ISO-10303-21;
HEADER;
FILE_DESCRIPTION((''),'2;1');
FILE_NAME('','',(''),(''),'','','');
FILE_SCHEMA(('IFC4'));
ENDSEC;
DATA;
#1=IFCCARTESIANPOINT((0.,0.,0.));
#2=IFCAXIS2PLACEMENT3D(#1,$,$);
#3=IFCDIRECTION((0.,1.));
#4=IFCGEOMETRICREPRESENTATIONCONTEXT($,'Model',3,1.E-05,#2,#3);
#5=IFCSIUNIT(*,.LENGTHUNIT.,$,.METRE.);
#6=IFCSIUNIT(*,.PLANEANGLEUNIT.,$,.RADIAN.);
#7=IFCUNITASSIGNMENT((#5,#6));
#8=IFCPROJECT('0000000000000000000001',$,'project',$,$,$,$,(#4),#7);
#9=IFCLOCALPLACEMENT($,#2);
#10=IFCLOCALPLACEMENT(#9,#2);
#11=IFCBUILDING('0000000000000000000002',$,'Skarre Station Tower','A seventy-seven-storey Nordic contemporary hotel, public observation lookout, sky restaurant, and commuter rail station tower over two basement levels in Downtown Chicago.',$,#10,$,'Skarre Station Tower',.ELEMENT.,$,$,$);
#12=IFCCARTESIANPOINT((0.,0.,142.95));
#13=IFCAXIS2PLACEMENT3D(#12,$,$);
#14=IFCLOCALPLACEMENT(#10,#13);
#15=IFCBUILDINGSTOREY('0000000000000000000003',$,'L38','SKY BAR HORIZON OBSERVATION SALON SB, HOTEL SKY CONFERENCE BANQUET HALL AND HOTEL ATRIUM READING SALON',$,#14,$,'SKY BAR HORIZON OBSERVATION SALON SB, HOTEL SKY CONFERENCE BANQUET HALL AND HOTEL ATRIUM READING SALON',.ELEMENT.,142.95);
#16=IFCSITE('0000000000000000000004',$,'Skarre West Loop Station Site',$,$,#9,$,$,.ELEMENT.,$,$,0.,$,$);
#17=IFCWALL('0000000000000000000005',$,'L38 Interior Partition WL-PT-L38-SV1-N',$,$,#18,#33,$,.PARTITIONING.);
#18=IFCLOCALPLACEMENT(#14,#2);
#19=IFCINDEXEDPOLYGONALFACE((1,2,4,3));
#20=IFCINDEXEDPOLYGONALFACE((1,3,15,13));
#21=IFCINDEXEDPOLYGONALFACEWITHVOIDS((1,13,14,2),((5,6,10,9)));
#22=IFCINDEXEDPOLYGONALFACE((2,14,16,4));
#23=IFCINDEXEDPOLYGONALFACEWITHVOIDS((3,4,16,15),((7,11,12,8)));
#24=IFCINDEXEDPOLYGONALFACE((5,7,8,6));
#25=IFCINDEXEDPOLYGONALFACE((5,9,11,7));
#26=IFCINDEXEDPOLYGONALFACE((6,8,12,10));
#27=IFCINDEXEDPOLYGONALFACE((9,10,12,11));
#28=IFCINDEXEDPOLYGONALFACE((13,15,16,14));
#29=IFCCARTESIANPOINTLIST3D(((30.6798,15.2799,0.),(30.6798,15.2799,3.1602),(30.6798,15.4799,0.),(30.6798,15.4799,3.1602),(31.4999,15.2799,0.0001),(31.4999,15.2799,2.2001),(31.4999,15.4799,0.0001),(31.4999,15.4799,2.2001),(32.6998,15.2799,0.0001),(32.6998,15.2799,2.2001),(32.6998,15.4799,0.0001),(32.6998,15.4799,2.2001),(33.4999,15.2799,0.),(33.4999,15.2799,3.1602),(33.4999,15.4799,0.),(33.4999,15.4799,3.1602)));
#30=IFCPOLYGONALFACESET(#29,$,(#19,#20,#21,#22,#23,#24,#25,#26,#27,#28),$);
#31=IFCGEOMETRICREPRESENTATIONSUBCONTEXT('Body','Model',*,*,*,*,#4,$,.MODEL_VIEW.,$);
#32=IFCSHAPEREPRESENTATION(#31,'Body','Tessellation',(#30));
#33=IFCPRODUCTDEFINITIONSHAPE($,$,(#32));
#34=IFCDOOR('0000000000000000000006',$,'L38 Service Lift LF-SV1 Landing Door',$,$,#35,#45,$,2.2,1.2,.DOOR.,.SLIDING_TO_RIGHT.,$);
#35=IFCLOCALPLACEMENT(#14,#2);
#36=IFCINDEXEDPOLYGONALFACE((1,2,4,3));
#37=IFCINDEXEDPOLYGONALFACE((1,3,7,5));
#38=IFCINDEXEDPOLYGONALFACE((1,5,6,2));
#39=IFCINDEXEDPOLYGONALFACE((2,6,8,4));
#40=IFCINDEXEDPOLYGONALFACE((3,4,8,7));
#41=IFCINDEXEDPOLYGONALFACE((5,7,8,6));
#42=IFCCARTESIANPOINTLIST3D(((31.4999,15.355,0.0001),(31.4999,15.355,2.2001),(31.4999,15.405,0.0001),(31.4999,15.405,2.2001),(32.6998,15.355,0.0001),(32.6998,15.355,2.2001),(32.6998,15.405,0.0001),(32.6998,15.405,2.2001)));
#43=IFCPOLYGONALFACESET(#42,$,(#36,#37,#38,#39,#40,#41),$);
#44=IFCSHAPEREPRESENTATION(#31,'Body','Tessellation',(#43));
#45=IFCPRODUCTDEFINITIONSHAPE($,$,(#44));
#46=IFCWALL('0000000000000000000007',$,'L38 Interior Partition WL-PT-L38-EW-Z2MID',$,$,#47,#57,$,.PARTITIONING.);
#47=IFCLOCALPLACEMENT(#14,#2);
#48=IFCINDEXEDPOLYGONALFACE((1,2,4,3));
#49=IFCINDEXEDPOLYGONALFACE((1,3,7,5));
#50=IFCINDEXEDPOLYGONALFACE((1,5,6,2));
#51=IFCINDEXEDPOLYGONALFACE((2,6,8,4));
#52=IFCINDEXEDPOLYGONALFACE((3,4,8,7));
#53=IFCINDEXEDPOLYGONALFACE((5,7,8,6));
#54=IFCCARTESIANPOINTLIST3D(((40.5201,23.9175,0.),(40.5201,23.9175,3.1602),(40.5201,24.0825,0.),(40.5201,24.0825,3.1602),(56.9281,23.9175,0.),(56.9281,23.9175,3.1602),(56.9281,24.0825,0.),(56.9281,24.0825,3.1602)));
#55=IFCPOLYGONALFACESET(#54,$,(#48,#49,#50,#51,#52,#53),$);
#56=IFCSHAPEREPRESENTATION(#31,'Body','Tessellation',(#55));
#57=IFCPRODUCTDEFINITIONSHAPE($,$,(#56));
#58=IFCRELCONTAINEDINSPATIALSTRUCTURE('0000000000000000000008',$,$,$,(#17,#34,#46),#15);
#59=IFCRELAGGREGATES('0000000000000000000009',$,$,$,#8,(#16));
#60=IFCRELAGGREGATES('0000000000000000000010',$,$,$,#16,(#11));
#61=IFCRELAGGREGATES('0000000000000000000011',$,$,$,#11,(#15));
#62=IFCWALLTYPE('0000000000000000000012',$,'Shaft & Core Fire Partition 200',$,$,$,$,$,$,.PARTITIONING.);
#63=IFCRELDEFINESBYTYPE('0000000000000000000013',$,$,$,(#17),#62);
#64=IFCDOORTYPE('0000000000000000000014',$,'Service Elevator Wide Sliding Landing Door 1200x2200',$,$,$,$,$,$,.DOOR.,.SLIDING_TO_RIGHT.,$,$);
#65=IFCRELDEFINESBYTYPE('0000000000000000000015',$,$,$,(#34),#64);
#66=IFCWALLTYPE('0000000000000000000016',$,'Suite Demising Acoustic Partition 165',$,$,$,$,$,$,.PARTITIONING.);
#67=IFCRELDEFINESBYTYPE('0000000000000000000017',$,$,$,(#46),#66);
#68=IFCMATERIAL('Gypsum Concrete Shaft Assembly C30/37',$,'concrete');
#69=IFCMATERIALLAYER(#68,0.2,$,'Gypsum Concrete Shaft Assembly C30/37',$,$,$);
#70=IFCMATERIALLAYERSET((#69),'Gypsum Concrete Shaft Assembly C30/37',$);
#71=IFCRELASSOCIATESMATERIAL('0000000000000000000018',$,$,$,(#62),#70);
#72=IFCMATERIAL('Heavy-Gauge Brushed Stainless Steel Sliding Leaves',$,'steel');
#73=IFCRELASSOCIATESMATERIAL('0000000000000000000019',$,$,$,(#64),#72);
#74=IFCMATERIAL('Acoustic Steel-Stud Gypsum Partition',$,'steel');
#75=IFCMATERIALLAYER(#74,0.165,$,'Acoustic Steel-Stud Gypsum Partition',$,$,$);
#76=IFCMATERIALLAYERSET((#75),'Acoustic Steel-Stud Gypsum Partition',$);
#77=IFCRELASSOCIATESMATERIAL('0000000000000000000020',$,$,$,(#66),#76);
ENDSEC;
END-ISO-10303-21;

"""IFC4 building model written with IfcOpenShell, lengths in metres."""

from ifc_helpers import new_model, si_unit, direction, frame, frame_2d, origin, place, context, subcontext, project, spatial, rectangle, extrude, material, layer, layer_set, type_object, element, fill, save


model = new_model("IFC4")

# Units and contexts
model_context = context("Model", 3, precision=1e-05, world=origin(), true_north=direction((0.0, 1.0)))
body_context = subcontext(model_context, "Body", "Model", "MODEL_VIEW")
ifc_project = project(units=[si_unit("LENGTHUNIT", "METRE"), si_unit("PLANEANGLEUNIT", "RADIAN")], contexts=[model_context])

# Site, building, storey
site_placement = place(None, origin())
site = spatial("IfcSite", under=ifc_project, at=site_placement, Name="Skarre West Loop Station Site", CompositionType="ELEMENT", RefElevation=0.0)
building_placement = place(site_placement, origin())
building = spatial("IfcBuilding", under=site, at=building_placement, Name="Skarre Station Tower", Description="A seventy-seven-storey Nordic contemporary hotel, public observation lookout, sky restaurant, and commuter rail station tower over two basement levels in Downtown Chicago.", LongName="Skarre Station Tower", CompositionType="ELEMENT")
storey_placement = place(building_placement, frame((0.0, 0.0, 142.95)))
storey = spatial("IfcBuildingStorey", under=building, at=storey_placement, Name="L38", Description="SKY BAR HORIZON OBSERVATION SALON SB, HOTEL SKY CONFERENCE BANQUET HALL AND HOTEL ATRIUM READING SALON", LongName="SKY BAR HORIZON OBSERVATION SALON SB, HOTEL SKY CONFERENCE BANQUET HALL AND HOTEL ATRIUM READING SALON", CompositionType="ELEMENT", Elevation=142.95)

# Shared definitions
ifc_material_1 = material(Name="Acoustic Steel-Stud Gypsum Partition", Category="steel")

# Wall, opening, door
ifc_material_2 = material(Name="Gypsum Concrete Shaft Assembly C30/37", Category="concrete")
ifc_layer_1 = layer(ifc_material_2, 0.2, Name="Gypsum Concrete Shaft Assembly C30/37")
ifc_layer_set_1 = layer_set([ifc_layer_1], Name="Gypsum Concrete Shaft Assembly C30/37")
wall_type_1 = type_object("IfcWallType", Name="Shaft & Core Fire Partition 200", PredefinedType="PARTITIONING", material=ifc_layer_set_1)
wall_1_placement = place(storey_placement, frame((33.5, 15.3799, 0.0), z_axis=(0.0, 0.0, 1.0), x_axis=(-1.0, 0.0, 0.0)))
wall_1 = element("IfcWall", 1, at=wall_1_placement, inside=storey, type_object=wall_type_1, Name="L38 Interior Partition WL-PT-L38-SV1-N", PredefinedType="PARTITIONING", context=body_context, shape_type="SweptSolid", body=[
    extrude(rectangle(XDim=2.8201, YDim=0.2, at=frame_2d((1.4102, 0.0))), origin(), (0.0, 0.0, 1.0), 3.1602),
])
opening_1_placement = place(wall_1_placement, frame((0.8, 0.0, 0.0)))
opening_1 = element("IfcOpeningElement", 2, at=opening_1_placement, cuts=wall_1, PredefinedType="OPENING", context=body_context, shape_type="SweptSolid", body=[
    extrude(rectangle(XDim=1.2, YDim=2.2, at=frame_2d((0.6001, 1.1001))), frame((0.0, 0.1099, 0.0), z_axis=(0.0, -1.0, 0.0), x_axis=(1.0, 0.0, 0.0)), (0.0, 0.0, 1.0), 0.22),
])
ifc_material_3 = material(Name="Heavy-Gauge Brushed Stainless Steel Sliding Leaves", Category="steel")
door_type_1 = type_object("IfcDoorType", Name="Service Elevator Wide Sliding Landing Door 1200x2200", OperationType="SLIDING_TO_RIGHT", PredefinedType="DOOR", material=ifc_material_3)
door_1_placement = place(opening_1_placement, origin())
door_1 = element("IfcDoor", 3, at=door_1_placement, inside=storey, type_object=door_type_1, Name="L38 Service Lift LF-SV1 Landing Door", OperationType="SLIDING_TO_RIGHT", OverallHeight=2.2, OverallWidth=1.2, PredefinedType="DOOR", context=body_context, shape_type="SweptSolid", body=[
    extrude(rectangle(XDim=1.2, YDim=2.2, at=frame_2d((0.6001, 1.1001))), frame((0.0, 0.0249, 0.0), z_axis=(0.0, -1.0, 0.0), x_axis=(1.0, 0.0, 0.0)), (0.0, 0.0, 1.0), 0.05),
])
fill(opening_1, door_1)

# Wall
ifc_layer_2 = layer(ifc_material_1, 0.165, Name="Acoustic Steel-Stud Gypsum Partition")
ifc_layer_set_2 = layer_set([ifc_layer_2], Name="Acoustic Steel-Stud Gypsum Partition")
wall_type_2 = type_object("IfcWallType", Name="Suite Demising Acoustic Partition 165", PredefinedType="PARTITIONING", material=ifc_layer_set_2)
wall_2_placement = place(storey_placement, frame((40.52, 24.0, 0.0), z_axis=(0.0, 0.0, 1.0), x_axis=(1.0, 0.0, 0.0)))
element("IfcWall", 4, at=wall_2_placement, inside=storey, type_object=wall_type_2, Name="L38 Interior Partition WL-PT-L38-EW-Z2MID", PredefinedType="PARTITIONING", context=body_context, shape_type="SweptSolid", body=[
    extrude(rectangle(XDim=16.408, YDim=0.165, at=frame_2d((8.2041, 0.0))), origin(), (0.0, 0.0, 1.0), 3.1602),
])

save(model, "model.ifc")
